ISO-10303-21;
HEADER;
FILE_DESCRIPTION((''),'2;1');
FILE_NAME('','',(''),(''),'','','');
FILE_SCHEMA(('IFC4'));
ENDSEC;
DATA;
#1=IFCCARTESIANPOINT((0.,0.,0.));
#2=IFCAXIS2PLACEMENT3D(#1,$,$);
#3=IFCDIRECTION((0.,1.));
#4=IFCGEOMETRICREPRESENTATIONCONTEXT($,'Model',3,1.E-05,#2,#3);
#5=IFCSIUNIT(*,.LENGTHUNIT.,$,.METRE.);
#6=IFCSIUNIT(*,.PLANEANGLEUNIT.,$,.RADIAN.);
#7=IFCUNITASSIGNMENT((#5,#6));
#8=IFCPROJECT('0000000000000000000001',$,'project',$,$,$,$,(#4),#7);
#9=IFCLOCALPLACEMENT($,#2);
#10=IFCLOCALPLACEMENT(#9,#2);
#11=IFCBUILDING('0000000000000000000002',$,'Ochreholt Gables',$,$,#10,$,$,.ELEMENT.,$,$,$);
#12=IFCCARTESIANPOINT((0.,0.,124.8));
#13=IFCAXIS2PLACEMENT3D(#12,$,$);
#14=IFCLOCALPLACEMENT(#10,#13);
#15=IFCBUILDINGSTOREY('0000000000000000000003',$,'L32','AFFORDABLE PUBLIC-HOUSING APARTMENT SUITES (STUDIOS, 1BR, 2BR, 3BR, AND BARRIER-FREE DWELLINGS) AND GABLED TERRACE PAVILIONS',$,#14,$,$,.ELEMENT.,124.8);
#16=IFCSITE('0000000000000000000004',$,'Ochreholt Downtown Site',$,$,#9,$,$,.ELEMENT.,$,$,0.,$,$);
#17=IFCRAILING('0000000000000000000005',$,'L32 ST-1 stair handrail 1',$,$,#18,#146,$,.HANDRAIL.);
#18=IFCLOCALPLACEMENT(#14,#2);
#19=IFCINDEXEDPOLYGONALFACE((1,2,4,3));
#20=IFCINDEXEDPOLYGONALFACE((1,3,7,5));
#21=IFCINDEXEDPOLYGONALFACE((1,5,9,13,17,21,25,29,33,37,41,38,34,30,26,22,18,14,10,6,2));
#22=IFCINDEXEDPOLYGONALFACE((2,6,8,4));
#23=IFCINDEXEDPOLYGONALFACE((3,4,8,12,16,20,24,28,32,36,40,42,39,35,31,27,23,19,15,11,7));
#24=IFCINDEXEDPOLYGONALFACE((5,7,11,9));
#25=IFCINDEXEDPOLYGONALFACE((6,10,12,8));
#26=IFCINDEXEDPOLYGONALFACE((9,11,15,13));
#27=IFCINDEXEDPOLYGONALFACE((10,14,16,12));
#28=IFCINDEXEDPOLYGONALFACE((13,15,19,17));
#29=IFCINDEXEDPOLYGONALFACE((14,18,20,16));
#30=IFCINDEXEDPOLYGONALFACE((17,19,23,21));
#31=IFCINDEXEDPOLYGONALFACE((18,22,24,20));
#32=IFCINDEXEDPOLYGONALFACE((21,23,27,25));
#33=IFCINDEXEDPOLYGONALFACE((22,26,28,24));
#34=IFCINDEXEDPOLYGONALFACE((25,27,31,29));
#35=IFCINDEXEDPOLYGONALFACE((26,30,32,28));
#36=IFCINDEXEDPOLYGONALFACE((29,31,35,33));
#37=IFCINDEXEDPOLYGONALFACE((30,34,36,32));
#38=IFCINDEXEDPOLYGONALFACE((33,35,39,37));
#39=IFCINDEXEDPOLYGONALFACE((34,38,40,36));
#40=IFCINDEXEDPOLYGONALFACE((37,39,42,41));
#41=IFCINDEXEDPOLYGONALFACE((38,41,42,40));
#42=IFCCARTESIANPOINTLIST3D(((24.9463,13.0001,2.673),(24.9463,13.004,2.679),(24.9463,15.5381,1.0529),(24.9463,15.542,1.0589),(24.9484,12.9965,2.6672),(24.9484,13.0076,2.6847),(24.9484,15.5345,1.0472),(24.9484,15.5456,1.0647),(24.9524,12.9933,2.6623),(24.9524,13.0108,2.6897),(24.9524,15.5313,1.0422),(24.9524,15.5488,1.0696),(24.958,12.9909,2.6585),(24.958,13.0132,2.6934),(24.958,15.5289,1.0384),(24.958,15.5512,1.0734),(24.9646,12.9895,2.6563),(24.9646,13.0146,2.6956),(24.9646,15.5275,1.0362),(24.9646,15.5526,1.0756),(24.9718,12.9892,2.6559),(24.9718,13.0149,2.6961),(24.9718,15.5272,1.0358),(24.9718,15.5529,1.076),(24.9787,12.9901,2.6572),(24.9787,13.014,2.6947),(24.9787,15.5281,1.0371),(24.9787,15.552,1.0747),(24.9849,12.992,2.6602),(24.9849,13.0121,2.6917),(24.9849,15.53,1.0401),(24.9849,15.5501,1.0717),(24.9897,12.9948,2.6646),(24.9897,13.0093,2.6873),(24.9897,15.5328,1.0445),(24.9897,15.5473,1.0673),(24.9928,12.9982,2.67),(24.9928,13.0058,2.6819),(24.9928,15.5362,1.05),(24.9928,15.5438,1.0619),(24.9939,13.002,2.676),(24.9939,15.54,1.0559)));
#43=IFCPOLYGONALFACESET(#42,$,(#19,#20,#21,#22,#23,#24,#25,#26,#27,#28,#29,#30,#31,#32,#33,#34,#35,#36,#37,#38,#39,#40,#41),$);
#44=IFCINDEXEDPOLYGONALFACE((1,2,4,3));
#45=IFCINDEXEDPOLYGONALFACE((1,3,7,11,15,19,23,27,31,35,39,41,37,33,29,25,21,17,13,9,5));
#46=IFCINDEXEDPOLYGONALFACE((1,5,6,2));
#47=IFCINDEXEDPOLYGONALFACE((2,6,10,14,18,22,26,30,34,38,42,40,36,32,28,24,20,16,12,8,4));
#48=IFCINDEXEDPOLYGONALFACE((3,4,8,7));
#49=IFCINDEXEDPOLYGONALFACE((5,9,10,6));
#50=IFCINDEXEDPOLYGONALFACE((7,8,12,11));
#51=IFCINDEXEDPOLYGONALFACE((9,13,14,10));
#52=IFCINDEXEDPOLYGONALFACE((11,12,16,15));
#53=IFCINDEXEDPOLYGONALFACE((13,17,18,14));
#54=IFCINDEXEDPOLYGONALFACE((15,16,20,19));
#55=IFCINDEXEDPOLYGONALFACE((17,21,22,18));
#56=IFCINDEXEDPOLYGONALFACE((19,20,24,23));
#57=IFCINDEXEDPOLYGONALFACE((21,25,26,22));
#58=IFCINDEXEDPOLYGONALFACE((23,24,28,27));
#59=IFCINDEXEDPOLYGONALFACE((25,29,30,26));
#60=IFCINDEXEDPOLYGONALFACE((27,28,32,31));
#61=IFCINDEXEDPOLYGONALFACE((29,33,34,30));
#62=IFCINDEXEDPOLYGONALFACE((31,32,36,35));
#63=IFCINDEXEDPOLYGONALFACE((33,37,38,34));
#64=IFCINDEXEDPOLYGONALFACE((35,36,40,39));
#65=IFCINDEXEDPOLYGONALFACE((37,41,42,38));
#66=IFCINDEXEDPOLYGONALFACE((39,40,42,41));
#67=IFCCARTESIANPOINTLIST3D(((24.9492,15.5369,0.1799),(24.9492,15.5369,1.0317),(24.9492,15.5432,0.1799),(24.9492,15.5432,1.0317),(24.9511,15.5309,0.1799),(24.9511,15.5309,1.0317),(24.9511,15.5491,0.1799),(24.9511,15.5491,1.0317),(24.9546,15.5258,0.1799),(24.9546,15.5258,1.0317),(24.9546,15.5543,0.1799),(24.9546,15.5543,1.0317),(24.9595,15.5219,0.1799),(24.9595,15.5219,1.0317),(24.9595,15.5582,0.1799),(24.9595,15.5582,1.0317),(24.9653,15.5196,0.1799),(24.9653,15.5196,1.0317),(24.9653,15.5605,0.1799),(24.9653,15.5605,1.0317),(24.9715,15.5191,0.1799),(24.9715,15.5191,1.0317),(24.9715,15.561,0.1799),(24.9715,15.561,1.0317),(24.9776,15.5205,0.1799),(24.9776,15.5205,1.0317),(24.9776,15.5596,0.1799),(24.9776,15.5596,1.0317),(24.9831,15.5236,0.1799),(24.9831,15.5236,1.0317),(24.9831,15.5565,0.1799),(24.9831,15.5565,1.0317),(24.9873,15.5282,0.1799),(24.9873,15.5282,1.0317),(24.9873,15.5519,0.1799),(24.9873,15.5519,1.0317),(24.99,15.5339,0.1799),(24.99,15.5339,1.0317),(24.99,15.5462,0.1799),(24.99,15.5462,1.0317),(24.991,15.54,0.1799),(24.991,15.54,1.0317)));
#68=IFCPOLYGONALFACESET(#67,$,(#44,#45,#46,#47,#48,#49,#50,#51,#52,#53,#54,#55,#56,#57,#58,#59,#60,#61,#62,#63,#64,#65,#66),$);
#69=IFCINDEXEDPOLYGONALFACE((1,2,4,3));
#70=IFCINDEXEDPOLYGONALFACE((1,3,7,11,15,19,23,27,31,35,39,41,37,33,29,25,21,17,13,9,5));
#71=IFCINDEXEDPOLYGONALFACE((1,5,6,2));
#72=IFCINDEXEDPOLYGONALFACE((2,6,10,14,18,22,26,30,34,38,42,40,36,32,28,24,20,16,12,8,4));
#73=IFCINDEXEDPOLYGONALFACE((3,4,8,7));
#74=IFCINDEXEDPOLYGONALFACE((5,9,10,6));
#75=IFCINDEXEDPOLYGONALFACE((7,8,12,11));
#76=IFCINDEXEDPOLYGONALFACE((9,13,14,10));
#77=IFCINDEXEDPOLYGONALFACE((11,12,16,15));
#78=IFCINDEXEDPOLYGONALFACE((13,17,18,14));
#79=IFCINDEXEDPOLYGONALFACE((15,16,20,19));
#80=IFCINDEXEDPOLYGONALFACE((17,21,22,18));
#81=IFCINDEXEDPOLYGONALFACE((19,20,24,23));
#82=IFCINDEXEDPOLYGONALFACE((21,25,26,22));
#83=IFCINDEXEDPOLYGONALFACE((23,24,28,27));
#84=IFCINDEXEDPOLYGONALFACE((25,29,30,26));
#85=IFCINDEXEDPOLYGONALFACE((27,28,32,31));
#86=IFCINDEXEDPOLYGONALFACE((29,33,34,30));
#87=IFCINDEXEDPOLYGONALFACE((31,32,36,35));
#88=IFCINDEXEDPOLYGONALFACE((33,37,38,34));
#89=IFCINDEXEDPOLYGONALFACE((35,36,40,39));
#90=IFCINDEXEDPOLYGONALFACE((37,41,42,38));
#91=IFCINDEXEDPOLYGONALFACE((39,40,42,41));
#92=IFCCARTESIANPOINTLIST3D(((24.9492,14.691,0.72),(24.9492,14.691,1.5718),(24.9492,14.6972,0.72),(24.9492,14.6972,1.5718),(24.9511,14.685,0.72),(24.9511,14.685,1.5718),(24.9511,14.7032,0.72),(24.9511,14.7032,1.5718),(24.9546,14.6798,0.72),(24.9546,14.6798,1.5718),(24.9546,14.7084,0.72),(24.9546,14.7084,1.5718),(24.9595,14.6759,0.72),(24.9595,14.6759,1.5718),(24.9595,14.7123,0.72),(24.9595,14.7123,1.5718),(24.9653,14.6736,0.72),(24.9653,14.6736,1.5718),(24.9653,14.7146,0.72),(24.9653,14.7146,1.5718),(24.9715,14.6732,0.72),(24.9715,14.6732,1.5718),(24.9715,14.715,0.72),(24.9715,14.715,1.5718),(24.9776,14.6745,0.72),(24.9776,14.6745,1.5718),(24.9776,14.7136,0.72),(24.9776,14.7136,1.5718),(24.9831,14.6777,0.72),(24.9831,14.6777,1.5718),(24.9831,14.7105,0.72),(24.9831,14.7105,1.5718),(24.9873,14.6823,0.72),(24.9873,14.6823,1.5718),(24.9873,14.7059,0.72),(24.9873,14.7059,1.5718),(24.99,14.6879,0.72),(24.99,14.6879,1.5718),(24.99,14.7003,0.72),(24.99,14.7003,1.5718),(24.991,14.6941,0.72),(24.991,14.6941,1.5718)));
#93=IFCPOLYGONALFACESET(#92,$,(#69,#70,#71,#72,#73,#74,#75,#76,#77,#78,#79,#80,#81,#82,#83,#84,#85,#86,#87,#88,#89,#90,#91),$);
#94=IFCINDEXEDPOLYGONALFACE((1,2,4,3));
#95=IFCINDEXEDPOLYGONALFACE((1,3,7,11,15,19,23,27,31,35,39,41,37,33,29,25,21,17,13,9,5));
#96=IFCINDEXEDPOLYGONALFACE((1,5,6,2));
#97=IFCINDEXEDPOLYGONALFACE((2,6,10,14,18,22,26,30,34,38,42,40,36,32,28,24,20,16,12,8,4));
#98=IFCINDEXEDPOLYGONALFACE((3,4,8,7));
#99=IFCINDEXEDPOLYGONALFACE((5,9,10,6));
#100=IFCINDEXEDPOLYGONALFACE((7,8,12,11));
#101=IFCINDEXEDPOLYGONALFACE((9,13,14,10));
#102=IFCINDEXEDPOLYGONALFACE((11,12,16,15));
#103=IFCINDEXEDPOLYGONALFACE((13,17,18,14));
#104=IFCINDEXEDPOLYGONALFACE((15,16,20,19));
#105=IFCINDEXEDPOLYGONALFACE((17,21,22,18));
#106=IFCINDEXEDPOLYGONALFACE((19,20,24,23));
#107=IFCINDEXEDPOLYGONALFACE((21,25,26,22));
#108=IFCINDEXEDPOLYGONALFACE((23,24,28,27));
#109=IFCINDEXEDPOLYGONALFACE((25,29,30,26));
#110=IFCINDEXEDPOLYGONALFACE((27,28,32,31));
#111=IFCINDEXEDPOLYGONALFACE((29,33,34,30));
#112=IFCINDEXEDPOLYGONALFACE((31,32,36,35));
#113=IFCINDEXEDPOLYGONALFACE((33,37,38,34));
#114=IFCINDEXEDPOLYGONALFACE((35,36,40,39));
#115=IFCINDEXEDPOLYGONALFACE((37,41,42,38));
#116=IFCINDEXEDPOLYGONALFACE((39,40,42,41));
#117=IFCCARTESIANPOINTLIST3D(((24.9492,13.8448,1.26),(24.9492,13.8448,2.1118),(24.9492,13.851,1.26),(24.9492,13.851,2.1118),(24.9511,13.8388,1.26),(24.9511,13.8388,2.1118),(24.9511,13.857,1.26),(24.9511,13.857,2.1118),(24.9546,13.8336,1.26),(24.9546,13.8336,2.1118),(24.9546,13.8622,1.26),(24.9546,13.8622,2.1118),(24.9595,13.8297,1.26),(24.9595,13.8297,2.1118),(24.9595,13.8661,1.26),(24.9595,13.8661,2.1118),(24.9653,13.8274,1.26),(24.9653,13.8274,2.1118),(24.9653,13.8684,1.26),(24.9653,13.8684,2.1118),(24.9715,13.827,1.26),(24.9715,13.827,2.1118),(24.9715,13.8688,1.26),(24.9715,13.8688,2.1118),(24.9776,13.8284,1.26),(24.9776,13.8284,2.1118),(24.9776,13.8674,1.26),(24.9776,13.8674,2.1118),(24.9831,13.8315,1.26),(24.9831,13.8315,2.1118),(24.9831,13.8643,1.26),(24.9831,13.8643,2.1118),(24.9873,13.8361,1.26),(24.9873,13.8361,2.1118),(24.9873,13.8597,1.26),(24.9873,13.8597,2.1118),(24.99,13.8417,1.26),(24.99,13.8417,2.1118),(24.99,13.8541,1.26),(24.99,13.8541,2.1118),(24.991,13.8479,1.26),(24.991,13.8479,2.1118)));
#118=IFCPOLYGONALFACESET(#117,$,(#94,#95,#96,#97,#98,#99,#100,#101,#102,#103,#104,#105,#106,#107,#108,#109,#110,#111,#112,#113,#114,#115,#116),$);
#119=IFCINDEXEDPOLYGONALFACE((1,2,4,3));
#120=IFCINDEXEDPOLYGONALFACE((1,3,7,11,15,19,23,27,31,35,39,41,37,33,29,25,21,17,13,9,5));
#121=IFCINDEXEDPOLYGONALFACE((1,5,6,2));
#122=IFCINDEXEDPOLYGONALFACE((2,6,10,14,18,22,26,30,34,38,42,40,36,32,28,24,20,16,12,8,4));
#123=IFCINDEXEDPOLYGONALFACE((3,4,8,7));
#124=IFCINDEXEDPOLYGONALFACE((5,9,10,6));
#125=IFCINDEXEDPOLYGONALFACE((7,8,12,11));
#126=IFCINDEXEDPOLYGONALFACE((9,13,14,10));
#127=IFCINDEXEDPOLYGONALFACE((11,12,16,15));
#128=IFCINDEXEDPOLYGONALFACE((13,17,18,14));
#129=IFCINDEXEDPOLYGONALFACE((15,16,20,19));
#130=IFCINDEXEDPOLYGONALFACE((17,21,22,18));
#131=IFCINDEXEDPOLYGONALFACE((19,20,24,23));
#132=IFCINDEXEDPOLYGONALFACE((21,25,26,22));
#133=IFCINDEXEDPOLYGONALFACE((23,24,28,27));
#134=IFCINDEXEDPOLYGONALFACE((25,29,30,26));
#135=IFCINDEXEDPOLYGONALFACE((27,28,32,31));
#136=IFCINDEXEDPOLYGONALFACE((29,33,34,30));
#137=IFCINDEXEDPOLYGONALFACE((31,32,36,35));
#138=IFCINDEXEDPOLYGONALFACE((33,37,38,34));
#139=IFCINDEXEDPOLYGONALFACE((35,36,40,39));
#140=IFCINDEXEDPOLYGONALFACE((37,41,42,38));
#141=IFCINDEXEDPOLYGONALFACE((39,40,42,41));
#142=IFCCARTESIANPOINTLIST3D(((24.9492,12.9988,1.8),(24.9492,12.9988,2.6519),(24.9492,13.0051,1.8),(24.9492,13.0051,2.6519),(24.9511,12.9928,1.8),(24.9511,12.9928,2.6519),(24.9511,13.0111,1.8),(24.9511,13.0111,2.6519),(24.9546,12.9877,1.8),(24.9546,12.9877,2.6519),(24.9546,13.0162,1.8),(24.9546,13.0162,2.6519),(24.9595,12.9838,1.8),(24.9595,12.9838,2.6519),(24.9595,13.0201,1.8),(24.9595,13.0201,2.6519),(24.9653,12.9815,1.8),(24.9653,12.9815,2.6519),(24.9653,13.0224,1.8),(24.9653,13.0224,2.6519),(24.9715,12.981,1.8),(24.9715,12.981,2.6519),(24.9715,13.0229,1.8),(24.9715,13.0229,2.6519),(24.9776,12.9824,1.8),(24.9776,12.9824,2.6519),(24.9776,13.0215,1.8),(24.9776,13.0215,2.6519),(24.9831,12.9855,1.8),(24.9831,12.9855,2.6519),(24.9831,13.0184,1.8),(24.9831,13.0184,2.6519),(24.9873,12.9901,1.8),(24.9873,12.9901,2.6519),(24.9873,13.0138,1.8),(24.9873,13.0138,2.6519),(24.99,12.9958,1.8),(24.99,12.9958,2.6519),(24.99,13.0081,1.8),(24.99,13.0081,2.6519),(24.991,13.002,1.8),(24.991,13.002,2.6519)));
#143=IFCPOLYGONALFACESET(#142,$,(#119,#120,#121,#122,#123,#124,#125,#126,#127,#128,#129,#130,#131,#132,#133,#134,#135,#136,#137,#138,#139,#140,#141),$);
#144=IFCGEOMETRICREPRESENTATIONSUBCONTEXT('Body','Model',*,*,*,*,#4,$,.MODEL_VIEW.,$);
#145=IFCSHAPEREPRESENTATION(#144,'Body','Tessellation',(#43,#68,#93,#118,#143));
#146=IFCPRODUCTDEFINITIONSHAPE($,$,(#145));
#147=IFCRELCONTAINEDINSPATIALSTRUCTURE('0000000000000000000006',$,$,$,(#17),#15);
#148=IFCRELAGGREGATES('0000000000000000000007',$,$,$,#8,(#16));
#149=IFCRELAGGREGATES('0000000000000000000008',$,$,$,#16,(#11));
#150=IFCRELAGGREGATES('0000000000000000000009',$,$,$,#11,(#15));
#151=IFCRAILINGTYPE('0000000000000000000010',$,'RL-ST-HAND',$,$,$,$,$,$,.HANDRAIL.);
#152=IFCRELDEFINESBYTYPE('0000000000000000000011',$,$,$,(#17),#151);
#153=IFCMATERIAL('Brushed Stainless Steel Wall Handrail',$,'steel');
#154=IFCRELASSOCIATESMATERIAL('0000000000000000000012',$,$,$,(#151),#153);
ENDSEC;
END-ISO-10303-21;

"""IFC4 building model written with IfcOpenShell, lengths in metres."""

from ifc_helpers import new_model, si_unit, direction, frame, origin, origin_2d, place, context, subcontext, project, spatial, circle, extrude, material, type_object, element, save


model = new_model("IFC4")

# Units and contexts
model_context = context("Model", 3, precision=1e-05, world=origin(), true_north=direction((0.0, 1.0)))
body_context = subcontext(model_context, "Body", "Model", "MODEL_VIEW")
ifc_project = project(units=[si_unit("LENGTHUNIT", "METRE"), si_unit("PLANEANGLEUNIT", "RADIAN")], contexts=[model_context])

# Site, building, storey
site_placement = place(None, origin())
site = spatial("IfcSite", under=ifc_project, at=site_placement, Name="Ochreholt Downtown Site", CompositionType="ELEMENT", RefElevation=0.0)
building_placement = place(site_placement, origin())
building = spatial("IfcBuilding", under=site, at=building_placement, Name="Ochreholt Gables", CompositionType="ELEMENT")
storey_placement = place(building_placement, frame((0.0, 0.0, 124.8)))
storey = spatial("IfcBuildingStorey", under=building, at=storey_placement, Name="L32", Description="AFFORDABLE PUBLIC-HOUSING APARTMENT SUITES (STUDIOS, 1BR, 2BR, 3BR, AND BARRIER-FREE DWELLINGS) AND GABLED TERRACE PAVILIONS", CompositionType="ELEMENT", Elevation=124.8)

# Railing
ifc_material_1 = material(Name="Brushed Stainless Steel Wall Handrail", Category="steel")
railing_type_1 = type_object("IfcRailingType", Name="RL-ST-HAND", PredefinedType="HANDRAIL", material=ifc_material_1)
railing_1_placement = place(storey_placement, frame((24.97, 15.54, 0.1799)))
element("IfcRailing", 1, at=railing_1_placement, inside=storey, type_object=railing_type_1, Name="L32 ST-1 stair handrail 1", PredefinedType="HANDRAIL", context=body_context, shape_type="SweptSolid", body=[
    extrude(circle(Radius=0.0239, at=origin_2d()), frame((0.0, 0.0, 0.876), z_axis=(0.0, -0.842913, 0.53805), x_axis=(1.0, 0.0, 0.0)), (0.0, 0.0, 1.0), 3.011),
    extrude(circle(Radius=0.021, at=origin_2d()), origin(), (0.0, 0.0, 1.0), 0.8518),
    extrude(circle(Radius=0.021, at=origin_2d()), frame((0.0, -0.8459, 0.54)), (0.0, 0.0, 1.0), 0.8518),
    extrude(circle(Radius=0.021, at=origin_2d()), frame((0.0, -1.6921, 1.0801)), (0.0, 0.0, 1.0), 0.8518),
    extrude(circle(Radius=0.021, at=origin_2d()), frame((0.0, -2.5381, 1.6201)), (0.0, 0.0, 1.0), 0.8518),
])

save(model, "model.ifc")
